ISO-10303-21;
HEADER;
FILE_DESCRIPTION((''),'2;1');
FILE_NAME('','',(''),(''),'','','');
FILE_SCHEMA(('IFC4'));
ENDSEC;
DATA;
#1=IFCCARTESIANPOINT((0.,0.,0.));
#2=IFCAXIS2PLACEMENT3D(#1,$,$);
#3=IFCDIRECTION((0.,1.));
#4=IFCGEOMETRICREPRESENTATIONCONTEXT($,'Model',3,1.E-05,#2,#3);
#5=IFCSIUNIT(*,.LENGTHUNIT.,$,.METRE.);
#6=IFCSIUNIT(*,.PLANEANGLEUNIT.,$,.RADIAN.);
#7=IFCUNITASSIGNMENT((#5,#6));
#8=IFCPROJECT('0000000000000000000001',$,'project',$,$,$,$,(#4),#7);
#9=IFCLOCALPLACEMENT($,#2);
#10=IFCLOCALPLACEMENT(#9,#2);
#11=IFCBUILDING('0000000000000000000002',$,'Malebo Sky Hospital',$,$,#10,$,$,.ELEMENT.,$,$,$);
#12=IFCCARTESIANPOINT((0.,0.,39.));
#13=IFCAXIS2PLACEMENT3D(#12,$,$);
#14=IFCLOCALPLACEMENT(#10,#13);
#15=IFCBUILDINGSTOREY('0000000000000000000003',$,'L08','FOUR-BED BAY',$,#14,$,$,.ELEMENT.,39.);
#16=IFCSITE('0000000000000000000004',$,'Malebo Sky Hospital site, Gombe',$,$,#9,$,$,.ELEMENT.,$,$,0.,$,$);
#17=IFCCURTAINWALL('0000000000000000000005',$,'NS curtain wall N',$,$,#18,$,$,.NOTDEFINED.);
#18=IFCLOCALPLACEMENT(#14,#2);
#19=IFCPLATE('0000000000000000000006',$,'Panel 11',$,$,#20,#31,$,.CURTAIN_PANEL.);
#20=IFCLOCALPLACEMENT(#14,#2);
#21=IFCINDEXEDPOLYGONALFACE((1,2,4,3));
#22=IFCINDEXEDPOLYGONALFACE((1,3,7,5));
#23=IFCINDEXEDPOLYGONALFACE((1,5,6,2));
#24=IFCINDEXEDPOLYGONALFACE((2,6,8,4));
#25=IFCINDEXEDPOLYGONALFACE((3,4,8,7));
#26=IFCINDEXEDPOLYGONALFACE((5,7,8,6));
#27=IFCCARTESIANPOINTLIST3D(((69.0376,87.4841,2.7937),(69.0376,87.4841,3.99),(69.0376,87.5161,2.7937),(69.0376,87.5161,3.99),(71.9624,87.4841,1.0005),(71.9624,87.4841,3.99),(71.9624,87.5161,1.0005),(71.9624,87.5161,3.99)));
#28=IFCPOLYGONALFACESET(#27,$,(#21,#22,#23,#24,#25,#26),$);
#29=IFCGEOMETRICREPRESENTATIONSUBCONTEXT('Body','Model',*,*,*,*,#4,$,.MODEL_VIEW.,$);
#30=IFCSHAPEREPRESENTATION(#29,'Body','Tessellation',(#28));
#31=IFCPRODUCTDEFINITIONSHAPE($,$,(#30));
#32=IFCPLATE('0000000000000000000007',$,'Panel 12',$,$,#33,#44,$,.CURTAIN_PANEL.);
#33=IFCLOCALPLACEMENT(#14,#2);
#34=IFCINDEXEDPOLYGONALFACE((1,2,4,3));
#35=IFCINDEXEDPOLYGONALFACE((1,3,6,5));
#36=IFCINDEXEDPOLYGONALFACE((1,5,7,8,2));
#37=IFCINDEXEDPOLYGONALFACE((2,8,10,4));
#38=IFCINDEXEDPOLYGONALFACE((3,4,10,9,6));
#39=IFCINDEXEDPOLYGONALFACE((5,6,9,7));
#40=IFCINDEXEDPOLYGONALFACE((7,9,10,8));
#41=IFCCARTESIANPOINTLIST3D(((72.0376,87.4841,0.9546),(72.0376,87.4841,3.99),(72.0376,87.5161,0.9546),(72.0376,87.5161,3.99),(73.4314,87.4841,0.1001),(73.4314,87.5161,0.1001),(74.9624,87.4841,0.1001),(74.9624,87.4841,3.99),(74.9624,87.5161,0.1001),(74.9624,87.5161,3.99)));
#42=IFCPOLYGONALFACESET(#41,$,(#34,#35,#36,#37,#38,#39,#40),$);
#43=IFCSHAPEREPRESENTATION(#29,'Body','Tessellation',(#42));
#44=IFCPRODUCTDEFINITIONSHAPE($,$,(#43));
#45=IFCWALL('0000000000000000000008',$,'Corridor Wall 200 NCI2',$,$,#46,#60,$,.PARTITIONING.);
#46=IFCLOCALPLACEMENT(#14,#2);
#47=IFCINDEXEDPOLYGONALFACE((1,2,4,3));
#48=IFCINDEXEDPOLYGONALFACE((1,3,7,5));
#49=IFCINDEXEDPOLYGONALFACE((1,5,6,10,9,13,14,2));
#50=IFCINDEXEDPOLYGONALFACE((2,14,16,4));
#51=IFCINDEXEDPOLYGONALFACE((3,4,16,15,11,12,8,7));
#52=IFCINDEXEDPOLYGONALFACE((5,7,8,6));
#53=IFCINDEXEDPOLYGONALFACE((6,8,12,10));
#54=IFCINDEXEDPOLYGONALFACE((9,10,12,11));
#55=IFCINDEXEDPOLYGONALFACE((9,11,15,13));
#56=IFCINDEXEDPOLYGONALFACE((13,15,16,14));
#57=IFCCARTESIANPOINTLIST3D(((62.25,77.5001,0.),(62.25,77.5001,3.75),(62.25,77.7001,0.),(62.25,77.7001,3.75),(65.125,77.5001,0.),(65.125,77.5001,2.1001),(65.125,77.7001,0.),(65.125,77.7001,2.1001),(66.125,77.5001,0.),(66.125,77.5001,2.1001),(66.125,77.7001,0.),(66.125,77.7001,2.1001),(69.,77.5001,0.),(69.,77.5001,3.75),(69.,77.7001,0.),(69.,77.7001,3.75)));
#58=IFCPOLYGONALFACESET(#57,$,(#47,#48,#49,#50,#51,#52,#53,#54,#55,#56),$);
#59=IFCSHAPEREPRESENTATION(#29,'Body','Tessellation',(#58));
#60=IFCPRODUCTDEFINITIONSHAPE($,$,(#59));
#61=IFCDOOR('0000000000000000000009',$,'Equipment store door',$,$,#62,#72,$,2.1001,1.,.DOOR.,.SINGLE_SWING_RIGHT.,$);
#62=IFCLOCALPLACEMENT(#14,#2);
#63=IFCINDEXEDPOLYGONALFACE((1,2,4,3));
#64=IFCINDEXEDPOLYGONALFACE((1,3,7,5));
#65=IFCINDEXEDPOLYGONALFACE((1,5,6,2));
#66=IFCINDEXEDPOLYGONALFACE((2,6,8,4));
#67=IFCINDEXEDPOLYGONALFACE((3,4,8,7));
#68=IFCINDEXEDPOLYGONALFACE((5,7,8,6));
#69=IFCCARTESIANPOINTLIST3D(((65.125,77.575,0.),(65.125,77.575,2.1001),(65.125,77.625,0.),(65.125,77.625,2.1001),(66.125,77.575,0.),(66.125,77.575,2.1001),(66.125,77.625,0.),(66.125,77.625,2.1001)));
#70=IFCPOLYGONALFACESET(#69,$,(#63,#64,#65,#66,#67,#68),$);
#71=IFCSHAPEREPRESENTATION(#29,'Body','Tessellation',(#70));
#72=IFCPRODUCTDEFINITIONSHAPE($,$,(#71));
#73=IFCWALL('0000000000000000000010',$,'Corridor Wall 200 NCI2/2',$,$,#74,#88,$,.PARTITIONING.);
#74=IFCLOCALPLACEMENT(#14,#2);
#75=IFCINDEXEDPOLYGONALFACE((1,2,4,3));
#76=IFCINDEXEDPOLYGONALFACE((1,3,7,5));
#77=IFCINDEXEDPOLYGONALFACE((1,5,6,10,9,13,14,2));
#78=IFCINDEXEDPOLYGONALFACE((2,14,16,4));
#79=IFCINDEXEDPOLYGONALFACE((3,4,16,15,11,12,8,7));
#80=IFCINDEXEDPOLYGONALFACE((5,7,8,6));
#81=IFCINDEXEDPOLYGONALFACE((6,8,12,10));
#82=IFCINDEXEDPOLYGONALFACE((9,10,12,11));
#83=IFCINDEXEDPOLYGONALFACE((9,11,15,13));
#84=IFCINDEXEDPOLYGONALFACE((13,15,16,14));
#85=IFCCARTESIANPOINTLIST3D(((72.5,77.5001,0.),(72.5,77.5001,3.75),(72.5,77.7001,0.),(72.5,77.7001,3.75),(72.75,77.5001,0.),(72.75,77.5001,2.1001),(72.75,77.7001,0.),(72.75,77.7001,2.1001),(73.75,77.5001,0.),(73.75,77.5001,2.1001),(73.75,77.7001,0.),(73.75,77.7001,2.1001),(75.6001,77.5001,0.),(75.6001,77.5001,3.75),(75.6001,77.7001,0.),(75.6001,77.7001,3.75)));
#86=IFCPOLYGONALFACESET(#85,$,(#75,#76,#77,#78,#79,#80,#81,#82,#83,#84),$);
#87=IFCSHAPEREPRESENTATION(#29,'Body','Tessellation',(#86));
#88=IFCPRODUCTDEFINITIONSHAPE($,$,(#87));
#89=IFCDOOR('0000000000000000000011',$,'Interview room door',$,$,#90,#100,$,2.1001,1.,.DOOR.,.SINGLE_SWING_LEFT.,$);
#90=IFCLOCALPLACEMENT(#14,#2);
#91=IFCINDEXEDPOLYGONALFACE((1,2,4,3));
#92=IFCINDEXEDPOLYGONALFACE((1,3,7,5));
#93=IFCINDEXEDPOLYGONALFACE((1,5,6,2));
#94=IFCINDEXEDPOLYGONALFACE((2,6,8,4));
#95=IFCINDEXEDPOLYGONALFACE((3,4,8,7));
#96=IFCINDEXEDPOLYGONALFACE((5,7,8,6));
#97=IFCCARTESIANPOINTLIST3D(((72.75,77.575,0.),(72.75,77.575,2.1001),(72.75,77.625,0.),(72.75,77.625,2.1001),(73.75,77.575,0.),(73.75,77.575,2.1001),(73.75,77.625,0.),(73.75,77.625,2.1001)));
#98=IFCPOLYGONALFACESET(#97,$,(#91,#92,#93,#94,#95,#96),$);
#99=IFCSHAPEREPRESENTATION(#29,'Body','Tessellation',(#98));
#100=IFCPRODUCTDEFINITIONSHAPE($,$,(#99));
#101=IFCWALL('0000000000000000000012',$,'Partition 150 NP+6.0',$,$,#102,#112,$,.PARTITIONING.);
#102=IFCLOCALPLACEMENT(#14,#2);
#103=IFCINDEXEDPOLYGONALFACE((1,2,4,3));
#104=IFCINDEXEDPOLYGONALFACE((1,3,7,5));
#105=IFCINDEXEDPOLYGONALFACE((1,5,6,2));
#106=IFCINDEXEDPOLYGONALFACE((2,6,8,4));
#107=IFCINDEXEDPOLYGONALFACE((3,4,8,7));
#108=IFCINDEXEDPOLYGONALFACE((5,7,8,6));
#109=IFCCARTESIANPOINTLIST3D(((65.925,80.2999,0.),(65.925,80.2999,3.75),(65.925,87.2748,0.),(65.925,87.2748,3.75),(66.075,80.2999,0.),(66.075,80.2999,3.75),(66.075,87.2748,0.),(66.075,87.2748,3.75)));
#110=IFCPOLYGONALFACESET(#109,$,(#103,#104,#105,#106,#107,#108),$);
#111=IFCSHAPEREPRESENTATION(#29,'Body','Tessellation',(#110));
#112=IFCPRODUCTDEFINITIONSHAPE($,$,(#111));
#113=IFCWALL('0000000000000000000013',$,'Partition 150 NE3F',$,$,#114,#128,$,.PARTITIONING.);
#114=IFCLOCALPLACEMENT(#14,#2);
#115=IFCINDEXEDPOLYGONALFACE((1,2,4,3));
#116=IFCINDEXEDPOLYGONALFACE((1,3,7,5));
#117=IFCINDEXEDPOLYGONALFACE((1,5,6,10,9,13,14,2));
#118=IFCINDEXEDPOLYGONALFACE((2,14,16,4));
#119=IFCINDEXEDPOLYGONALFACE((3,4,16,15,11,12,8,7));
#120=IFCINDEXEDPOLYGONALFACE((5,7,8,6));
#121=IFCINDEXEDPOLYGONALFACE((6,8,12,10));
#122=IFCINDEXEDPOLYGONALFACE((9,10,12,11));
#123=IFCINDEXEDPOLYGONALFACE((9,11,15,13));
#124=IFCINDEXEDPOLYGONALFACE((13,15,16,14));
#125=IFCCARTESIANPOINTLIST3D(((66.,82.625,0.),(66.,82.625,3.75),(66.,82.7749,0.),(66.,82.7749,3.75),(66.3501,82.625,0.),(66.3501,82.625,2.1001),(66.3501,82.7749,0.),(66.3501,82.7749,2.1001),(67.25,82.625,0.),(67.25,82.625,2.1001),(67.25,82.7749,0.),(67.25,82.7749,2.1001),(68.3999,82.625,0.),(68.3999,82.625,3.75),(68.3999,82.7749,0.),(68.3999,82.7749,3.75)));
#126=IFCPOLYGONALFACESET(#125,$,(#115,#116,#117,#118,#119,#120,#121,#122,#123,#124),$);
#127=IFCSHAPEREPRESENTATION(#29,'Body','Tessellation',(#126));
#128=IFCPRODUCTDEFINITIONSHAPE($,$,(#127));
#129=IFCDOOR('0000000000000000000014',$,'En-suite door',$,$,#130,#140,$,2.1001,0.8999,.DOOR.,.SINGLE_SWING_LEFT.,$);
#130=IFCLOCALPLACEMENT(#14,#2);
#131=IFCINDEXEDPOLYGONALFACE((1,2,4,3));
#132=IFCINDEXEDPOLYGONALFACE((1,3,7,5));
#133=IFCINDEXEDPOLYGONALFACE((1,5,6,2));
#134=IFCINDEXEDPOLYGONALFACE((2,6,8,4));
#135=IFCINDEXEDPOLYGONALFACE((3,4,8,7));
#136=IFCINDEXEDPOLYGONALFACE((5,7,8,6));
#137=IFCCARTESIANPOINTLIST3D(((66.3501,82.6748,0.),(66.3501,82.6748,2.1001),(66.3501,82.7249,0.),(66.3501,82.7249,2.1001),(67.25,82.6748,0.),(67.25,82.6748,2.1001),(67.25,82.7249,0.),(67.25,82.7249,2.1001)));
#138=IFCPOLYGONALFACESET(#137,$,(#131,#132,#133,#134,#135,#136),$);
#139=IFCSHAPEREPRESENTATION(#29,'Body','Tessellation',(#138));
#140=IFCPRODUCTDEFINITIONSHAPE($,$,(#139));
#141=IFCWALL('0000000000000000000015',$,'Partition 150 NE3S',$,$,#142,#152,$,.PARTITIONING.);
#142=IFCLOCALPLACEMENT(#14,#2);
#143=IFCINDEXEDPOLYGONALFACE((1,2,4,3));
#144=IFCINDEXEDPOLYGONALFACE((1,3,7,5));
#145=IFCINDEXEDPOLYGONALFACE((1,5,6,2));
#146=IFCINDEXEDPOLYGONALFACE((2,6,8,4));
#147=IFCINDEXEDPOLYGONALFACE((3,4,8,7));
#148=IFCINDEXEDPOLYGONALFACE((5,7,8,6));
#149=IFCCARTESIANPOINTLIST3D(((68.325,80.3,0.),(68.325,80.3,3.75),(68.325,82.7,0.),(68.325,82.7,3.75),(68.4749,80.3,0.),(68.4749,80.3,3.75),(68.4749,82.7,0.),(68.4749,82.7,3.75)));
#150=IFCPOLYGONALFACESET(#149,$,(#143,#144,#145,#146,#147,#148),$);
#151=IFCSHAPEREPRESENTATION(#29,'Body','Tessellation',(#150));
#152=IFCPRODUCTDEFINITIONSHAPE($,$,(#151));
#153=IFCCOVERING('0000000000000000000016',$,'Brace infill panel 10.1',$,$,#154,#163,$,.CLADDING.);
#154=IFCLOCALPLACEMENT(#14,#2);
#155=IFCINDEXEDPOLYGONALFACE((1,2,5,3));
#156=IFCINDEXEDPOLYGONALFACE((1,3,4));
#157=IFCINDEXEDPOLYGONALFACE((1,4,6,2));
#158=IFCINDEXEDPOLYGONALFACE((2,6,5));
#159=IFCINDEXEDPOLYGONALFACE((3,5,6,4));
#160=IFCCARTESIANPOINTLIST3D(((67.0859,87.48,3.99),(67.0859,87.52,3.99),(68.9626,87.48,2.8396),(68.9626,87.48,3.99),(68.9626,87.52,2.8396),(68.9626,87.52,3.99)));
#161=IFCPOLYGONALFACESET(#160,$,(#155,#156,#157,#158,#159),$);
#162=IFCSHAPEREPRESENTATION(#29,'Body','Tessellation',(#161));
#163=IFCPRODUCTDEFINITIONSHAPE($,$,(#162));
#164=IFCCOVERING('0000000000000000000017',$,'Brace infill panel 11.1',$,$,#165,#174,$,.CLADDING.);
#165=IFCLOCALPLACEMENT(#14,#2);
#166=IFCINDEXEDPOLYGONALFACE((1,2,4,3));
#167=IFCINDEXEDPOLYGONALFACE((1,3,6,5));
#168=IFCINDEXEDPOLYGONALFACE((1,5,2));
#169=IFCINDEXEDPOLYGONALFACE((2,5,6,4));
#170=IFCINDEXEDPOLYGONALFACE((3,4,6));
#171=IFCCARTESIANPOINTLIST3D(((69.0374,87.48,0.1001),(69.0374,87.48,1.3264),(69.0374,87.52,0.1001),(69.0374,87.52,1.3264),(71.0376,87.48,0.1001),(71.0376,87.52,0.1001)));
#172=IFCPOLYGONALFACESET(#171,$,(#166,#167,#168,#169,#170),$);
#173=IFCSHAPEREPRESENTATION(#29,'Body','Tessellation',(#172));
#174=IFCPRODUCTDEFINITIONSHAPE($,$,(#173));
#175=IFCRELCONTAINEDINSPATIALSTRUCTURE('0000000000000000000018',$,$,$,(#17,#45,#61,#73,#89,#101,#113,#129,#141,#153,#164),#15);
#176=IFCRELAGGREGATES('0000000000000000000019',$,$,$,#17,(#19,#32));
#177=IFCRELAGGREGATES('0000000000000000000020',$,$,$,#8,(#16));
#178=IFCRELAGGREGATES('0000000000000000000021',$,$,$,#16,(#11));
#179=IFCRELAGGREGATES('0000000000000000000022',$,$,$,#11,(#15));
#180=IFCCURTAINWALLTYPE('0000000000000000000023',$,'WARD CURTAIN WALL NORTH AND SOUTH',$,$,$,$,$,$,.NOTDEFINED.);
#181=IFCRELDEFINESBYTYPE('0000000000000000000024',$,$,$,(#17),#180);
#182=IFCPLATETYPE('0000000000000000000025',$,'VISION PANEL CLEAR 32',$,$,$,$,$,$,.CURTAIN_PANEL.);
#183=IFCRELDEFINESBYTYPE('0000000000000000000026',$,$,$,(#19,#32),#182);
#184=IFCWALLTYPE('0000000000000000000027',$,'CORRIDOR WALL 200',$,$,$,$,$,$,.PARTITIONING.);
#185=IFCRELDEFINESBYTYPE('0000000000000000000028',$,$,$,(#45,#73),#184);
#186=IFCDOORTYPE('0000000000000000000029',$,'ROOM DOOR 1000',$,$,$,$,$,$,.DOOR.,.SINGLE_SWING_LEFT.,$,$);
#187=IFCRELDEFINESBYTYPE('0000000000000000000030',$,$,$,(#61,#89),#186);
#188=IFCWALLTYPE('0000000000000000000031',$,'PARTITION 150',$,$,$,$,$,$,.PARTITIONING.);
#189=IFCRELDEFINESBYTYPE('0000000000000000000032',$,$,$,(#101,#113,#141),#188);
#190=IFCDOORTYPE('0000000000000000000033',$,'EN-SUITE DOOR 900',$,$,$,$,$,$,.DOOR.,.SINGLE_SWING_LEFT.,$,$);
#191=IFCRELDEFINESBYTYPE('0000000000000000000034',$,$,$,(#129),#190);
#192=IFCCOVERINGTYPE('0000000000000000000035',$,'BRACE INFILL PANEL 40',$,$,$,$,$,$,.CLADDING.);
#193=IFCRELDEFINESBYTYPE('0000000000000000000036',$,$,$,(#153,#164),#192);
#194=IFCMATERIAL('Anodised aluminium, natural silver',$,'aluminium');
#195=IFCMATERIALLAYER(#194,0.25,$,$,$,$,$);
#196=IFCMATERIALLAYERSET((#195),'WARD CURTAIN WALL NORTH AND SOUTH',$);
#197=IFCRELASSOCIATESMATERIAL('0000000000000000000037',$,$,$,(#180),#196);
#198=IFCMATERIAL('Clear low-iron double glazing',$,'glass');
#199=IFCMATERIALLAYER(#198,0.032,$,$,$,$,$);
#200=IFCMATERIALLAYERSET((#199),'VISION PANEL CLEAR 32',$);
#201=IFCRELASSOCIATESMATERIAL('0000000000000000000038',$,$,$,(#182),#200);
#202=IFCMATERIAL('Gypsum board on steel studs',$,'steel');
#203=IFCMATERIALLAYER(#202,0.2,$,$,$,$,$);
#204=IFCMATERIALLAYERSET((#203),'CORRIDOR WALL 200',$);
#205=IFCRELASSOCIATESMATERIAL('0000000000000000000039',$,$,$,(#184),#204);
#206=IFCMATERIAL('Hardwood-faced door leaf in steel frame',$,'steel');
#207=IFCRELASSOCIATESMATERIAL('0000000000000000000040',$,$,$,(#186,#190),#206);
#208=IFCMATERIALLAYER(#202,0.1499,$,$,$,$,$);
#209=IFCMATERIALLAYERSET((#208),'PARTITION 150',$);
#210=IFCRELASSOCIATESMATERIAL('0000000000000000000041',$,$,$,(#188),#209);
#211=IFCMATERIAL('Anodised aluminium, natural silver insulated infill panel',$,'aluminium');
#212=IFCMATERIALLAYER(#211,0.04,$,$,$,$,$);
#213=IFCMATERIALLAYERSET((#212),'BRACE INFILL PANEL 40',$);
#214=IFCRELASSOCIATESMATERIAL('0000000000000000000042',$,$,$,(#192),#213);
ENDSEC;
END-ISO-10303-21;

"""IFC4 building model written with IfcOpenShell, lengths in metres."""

from ifc_helpers import new_model, si_unit, direction, frame, frame_2d, origin, place, context, subcontext, project, spatial, polyline, rectangle, outline, extrude, material, layer, layer_set, type_object, element, fill, aggregate, save


model = new_model("IFC4")

# Units and contexts
model_context = context("Model", 3, precision=1e-05, world=origin(), true_north=direction((0.0, 1.0)))
body_context = subcontext(model_context, "Body", "Model", "MODEL_VIEW")
ifc_project = project(units=[si_unit("LENGTHUNIT", "METRE"), si_unit("PLANEANGLEUNIT", "RADIAN")], contexts=[model_context])

# Site, building, storey
site_placement = place(None, origin())
site = spatial("IfcSite", under=ifc_project, at=site_placement, Name="Malebo Sky Hospital site, Gombe", CompositionType="ELEMENT", RefElevation=0.0)
building_placement = place(site_placement, origin())
building = spatial("IfcBuilding", under=site, at=building_placement, Name="Malebo Sky Hospital", CompositionType="ELEMENT")
storey_placement = place(building_placement, frame((0.0, 0.0, 39.0)))
storey = spatial("IfcBuildingStorey", under=building, at=storey_placement, Name="L08", Description="FOUR-BED BAY", CompositionType="ELEMENT", Elevation=39.0)

# Curtain wall
ifc_material_1 = material(Name="Anodised aluminium, natural silver", Category="aluminium")
ifc_layer_1 = layer(ifc_material_1, 0.25)
ifc_layer_set_1 = layer_set([ifc_layer_1], Name="WARD CURTAIN WALL NORTH AND SOUTH")
curtain_wall_type = type_object("IfcCurtainWallType", Name="WARD CURTAIN WALL NORTH AND SOUTH", PredefinedType="NOTDEFINED", material=ifc_layer_set_1)
curtain_wall_placement = place(storey_placement, origin())
curtain_wall = element("IfcCurtainWall", 1, at=curtain_wall_placement, inside=storey, type_object=curtain_wall_type, Name="NS curtain wall N", PredefinedType="NOTDEFINED")

# Plates
ifc_material_2 = material(Name="Clear low-iron double glazing", Category="glass")
ifc_layer_2 = layer(ifc_material_2, 0.032)
ifc_layer_set_2 = layer_set([ifc_layer_2], Name="VISION PANEL CLEAR 32")
plate_type = type_object("IfcPlateType", Name="VISION PANEL CLEAR 32", PredefinedType="CURTAIN_PANEL", material=ifc_layer_set_2)
plate_1_placement = place(storey_placement, frame((70.5, 87.5, 1.0005), z_axis=(0.0, 0.0, 1.0), x_axis=(1.0, 0.0, 0.0)))
plate_1 = element("IfcPlate", 2, at=plate_1_placement, type_object=plate_type, Name="Panel 11", PredefinedType="CURTAIN_PANEL", context=body_context, shape_type="SweptSolid", body=[
    extrude(outline(polyline([(1.4624, 0.0), (1.4624, 2.9895), (-1.4624, 2.9895), (-1.4624, 1.7932), (1.4624, 0.0)])), frame((0.0, 0.0161, 0.0), z_axis=(0.0, -1.0, 0.0), x_axis=(1.0, 0.0, 0.0)), (0.0, 0.0, 1.0), 0.032),
])
plate_2_placement = place(storey_placement, frame((73.5, 87.5, 0.1001), z_axis=(0.0, 0.0, 1.0), x_axis=(1.0, 0.0, 0.0)))
plate_2 = element("IfcPlate", 3, at=plate_2_placement, type_object=plate_type, Name="Panel 12", PredefinedType="CURTAIN_PANEL", context=body_context, shape_type="SweptSolid", body=[
    extrude(outline(polyline([(-0.0686, 0.0), (1.4624, 0.0), (1.4624, 3.8899), (-1.4624, 3.8899), (-1.4624, 0.8545), (-0.0686, 0.0)])), frame((0.0, 0.0161, 0.0), z_axis=(0.0, -1.0, 0.0), x_axis=(1.0, 0.0, 0.0)), (0.0, 0.0, 1.0), 0.032),
])
aggregate(curtain_wall, [plate_1, plate_2])

# Walls, openings, doors
ifc_material_3 = material(Name="Gypsum board on steel studs", Category="steel")
ifc_layer_3 = layer(ifc_material_3, 0.2)
ifc_layer_set_3 = layer_set([ifc_layer_3], Name="CORRIDOR WALL 200")
wall_type_1 = type_object("IfcWallType", Name="CORRIDOR WALL 200", PredefinedType="PARTITIONING", material=ifc_layer_set_3)
wall_1_placement = place(storey_placement, frame((62.25, 77.6001, 0.0), z_axis=(0.0, 0.0, 1.0), x_axis=(1.0, 0.0, 0.0)))
wall_1 = element("IfcWall", 4, at=wall_1_placement, inside=storey, type_object=wall_type_1, Name="Corridor Wall 200 NCI2", PredefinedType="PARTITIONING", context=body_context, shape_type="SweptSolid", body=[
    extrude(rectangle(XDim=6.75, YDim=0.2, at=frame_2d((3.375, 0.0))), origin(), (0.0, 0.0, 1.0), 3.75),
])
opening_1_placement = place(wall_1_placement, frame((2.875, 0.0, 0.0)))
opening_1 = element("IfcOpeningElement", 5, at=opening_1_placement, cuts=wall_1, PredefinedType="OPENING", context=body_context, shape_type="SweptSolid", body=[
    extrude(rectangle(XDim=1.0, YDim=2.1001, at=frame_2d((0.5, 1.05))), frame((0.0, 0.1099, 0.0), z_axis=(0.0, -1.0, 0.0), x_axis=(1.0, 0.0, 0.0)), (0.0, 0.0, 1.0), 0.22),
])
ifc_material_4 = material(Name="Hardwood-faced door leaf in steel frame", Category="steel")
door_type_1 = type_object("IfcDoorType", Name="ROOM DOOR 1000", OperationType="SINGLE_SWING_LEFT", PredefinedType="DOOR", material=ifc_material_4)
door_1_placement = place(opening_1_placement, origin())
door_1 = element("IfcDoor", 6, at=door_1_placement, inside=storey, type_object=door_type_1, Name="Equipment store door", OperationType="SINGLE_SWING_RIGHT", OverallHeight=2.1001, OverallWidth=1.0, PredefinedType="DOOR", context=body_context, shape_type="SweptSolid", body=[
    extrude(rectangle(XDim=1.0, YDim=2.1001, at=frame_2d((0.5, 1.05))), frame((0.0, 0.0249, 0.0), z_axis=(0.0, -1.0, 0.0), x_axis=(1.0, 0.0, 0.0)), (0.0, 0.0, 1.0), 0.05),
])
fill(opening_1, door_1)
wall_2_placement = place(storey_placement, frame((72.5, 77.6001, 0.0), z_axis=(0.0, 0.0, 1.0), x_axis=(1.0, 0.0, 0.0)))
wall_2 = element("IfcWall", 7, at=wall_2_placement, inside=storey, type_object=wall_type_1, Name="Corridor Wall 200 NCI2/2", PredefinedType="PARTITIONING", context=body_context, shape_type="SweptSolid", body=[
    extrude(rectangle(XDim=3.1001, YDim=0.2, at=frame_2d((1.55, 0.0))), origin(), (0.0, 0.0, 1.0), 3.75),
])
opening_2_placement = place(wall_2_placement, frame((0.25, 0.0, 0.0)))
opening_2 = element("IfcOpeningElement", 8, at=opening_2_placement, cuts=wall_2, PredefinedType="OPENING", context=body_context, shape_type="SweptSolid", body=[
    extrude(rectangle(XDim=1.0, YDim=2.1001, at=frame_2d((0.5, 1.05))), frame((0.0, 0.1099, 0.0), z_axis=(0.0, -1.0, 0.0), x_axis=(1.0, 0.0, 0.0)), (0.0, 0.0, 1.0), 0.22),
])
door_2_placement = place(opening_2_placement, origin())
door_2 = element("IfcDoor", 9, at=door_2_placement, inside=storey, type_object=door_type_1, Name="Interview room door", OperationType="SINGLE_SWING_LEFT", OverallHeight=2.1001, OverallWidth=1.0, PredefinedType="DOOR", context=body_context, shape_type="SweptSolid", body=[
    extrude(rectangle(XDim=1.0, YDim=2.1001, at=frame_2d((0.5, 1.05))), frame((0.0, 0.0249, 0.0), z_axis=(0.0, -1.0, 0.0), x_axis=(1.0, 0.0, 0.0)), (0.0, 0.0, 1.0), 0.05),
])
fill(opening_2, door_2)

# Wall
ifc_layer_4 = layer(ifc_material_3, 0.1499)
ifc_layer_set_4 = layer_set([ifc_layer_4], Name="PARTITION 150")
wall_type_2 = type_object("IfcWallType", Name="PARTITION 150", PredefinedType="PARTITIONING", material=ifc_layer_set_4)
wall_3_placement = place(storey_placement, frame((66.0, 80.3, 0.0), z_axis=(0.0, 0.0, 1.0), x_axis=(0.0, 1.0, 0.0)))
element("IfcWall", 10, at=wall_3_placement, inside=storey, type_object=wall_type_2, Name="Partition 150 NP+6.0", PredefinedType="PARTITIONING", context=body_context, shape_type="SweptSolid", body=[
    extrude(rectangle(XDim=6.9749, YDim=0.1499, at=frame_2d((3.4873, 0.0))), origin(), (0.0, 0.0, 1.0), 3.75),
])

# Wall, opening, door
wall_4_placement = place(storey_placement, frame((66.0, 82.7, 0.0), z_axis=(0.0, 0.0, 1.0), x_axis=(1.0, 0.0, 0.0)))
wall_4 = element("IfcWall", 11, at=wall_4_placement, inside=storey, type_object=wall_type_2, Name="Partition 150 NE3F", PredefinedType="PARTITIONING", context=body_context, shape_type="SweptSolid", body=[
    extrude(rectangle(XDim=2.3999, YDim=0.1499, at=frame_2d((1.2, 0.0))), origin(), (0.0, 0.0, 1.0), 3.75),
])
opening_3_placement = place(wall_4_placement, frame((0.3501, 0.0, 0.0)))
opening_3 = element("IfcOpeningElement", 12, at=opening_3_placement, cuts=wall_4, PredefinedType="OPENING", context=body_context, shape_type="SweptSolid", body=[
    extrude(rectangle(XDim=0.8999, YDim=2.1001, at=frame_2d((0.45, 1.05))), frame((0.0, 0.085, 0.0), z_axis=(0.0, -1.0, 0.0), x_axis=(1.0, 0.0, 0.0)), (0.0, 0.0, 1.0), 0.1699),
])
door_type_2 = type_object("IfcDoorType", Name="EN-SUITE DOOR 900", OperationType="SINGLE_SWING_LEFT", PredefinedType="DOOR", material=ifc_material_4)
door_3_placement = place(opening_3_placement, origin())
door_3 = element("IfcDoor", 13, at=door_3_placement, inside=storey, type_object=door_type_2, Name="En-suite door", OperationType="SINGLE_SWING_LEFT", OverallHeight=2.1001, OverallWidth=0.8999, PredefinedType="DOOR", context=body_context, shape_type="SweptSolid", body=[
    extrude(rectangle(XDim=0.8999, YDim=2.1001, at=frame_2d((0.45, 1.05))), frame((0.0, 0.0249, 0.0), z_axis=(0.0, -1.0, 0.0), x_axis=(1.0, 0.0, 0.0)), (0.0, 0.0, 1.0), 0.05),
])
fill(opening_3, door_3)

# Wall
wall_5_placement = place(storey_placement, frame((68.3999, 80.3, 0.0), z_axis=(0.0, 0.0, 1.0), x_axis=(0.0, 1.0, 0.0)))
element("IfcWall", 14, at=wall_5_placement, inside=storey, type_object=wall_type_2, Name="Partition 150 NE3S", PredefinedType="PARTITIONING", context=body_context, shape_type="SweptSolid", body=[
    extrude(rectangle(XDim=2.3999, YDim=0.1499, at=frame_2d((1.2, 0.0))), origin(), (0.0, 0.0, 1.0), 3.75),
])

# Coverings
ifc_material_5 = material(Name="Anodised aluminium, natural silver insulated infill panel", Category="aluminium")
ifc_layer_5 = layer(ifc_material_5, 0.04)
ifc_layer_set_5 = layer_set([ifc_layer_5], Name="BRACE INFILL PANEL 40")
covering_type = type_object("IfcCoveringType", Name="BRACE INFILL PANEL 40", PredefinedType="CLADDING", material=ifc_layer_set_5)
covering_1_placement = place(storey_placement, frame((68.0242, 87.5, 2.8396), z_axis=(0.0, 0.0, 1.0), x_axis=(1.0, 0.0, 0.0)))
element("IfcCovering", 15, at=covering_1_placement, inside=storey, type_object=covering_type, Name="Brace infill panel 10.1", PredefinedType="CLADDING", context=body_context, shape_type="SweptSolid", body=[
    extrude(outline(polyline([(0.9385, 0.0), (0.9385, 1.1504), (-0.9382, 1.1504), (0.9385, 0.0)])), frame((0.0, 0.02, 0.0), z_axis=(0.0, -1.0, 0.0), x_axis=(1.0, 0.0, 0.0)), (0.0, 0.0, 1.0), 0.04),
])
covering_2_placement = place(storey_placement, frame((70.0376, 87.5, 0.1001), z_axis=(0.0, 0.0, 1.0), x_axis=(1.0, 0.0, 0.0)))
element("IfcCovering", 16, at=covering_2_placement, inside=storey, type_object=covering_type, Name="Brace infill panel 11.1", PredefinedType="CLADDING", context=body_context, shape_type="SweptSolid", body=[
    extrude(outline(polyline([(-1.0002, 0.0), (1.0, 0.0), (-1.0002, 1.2263), (-1.0002, 0.0)])), frame((0.0, 0.02, 0.0), z_axis=(0.0, -1.0, 0.0), x_axis=(1.0, 0.0, 0.0)), (0.0, 0.0, 1.0), 0.04),
])

save(model, "model.ifc")
